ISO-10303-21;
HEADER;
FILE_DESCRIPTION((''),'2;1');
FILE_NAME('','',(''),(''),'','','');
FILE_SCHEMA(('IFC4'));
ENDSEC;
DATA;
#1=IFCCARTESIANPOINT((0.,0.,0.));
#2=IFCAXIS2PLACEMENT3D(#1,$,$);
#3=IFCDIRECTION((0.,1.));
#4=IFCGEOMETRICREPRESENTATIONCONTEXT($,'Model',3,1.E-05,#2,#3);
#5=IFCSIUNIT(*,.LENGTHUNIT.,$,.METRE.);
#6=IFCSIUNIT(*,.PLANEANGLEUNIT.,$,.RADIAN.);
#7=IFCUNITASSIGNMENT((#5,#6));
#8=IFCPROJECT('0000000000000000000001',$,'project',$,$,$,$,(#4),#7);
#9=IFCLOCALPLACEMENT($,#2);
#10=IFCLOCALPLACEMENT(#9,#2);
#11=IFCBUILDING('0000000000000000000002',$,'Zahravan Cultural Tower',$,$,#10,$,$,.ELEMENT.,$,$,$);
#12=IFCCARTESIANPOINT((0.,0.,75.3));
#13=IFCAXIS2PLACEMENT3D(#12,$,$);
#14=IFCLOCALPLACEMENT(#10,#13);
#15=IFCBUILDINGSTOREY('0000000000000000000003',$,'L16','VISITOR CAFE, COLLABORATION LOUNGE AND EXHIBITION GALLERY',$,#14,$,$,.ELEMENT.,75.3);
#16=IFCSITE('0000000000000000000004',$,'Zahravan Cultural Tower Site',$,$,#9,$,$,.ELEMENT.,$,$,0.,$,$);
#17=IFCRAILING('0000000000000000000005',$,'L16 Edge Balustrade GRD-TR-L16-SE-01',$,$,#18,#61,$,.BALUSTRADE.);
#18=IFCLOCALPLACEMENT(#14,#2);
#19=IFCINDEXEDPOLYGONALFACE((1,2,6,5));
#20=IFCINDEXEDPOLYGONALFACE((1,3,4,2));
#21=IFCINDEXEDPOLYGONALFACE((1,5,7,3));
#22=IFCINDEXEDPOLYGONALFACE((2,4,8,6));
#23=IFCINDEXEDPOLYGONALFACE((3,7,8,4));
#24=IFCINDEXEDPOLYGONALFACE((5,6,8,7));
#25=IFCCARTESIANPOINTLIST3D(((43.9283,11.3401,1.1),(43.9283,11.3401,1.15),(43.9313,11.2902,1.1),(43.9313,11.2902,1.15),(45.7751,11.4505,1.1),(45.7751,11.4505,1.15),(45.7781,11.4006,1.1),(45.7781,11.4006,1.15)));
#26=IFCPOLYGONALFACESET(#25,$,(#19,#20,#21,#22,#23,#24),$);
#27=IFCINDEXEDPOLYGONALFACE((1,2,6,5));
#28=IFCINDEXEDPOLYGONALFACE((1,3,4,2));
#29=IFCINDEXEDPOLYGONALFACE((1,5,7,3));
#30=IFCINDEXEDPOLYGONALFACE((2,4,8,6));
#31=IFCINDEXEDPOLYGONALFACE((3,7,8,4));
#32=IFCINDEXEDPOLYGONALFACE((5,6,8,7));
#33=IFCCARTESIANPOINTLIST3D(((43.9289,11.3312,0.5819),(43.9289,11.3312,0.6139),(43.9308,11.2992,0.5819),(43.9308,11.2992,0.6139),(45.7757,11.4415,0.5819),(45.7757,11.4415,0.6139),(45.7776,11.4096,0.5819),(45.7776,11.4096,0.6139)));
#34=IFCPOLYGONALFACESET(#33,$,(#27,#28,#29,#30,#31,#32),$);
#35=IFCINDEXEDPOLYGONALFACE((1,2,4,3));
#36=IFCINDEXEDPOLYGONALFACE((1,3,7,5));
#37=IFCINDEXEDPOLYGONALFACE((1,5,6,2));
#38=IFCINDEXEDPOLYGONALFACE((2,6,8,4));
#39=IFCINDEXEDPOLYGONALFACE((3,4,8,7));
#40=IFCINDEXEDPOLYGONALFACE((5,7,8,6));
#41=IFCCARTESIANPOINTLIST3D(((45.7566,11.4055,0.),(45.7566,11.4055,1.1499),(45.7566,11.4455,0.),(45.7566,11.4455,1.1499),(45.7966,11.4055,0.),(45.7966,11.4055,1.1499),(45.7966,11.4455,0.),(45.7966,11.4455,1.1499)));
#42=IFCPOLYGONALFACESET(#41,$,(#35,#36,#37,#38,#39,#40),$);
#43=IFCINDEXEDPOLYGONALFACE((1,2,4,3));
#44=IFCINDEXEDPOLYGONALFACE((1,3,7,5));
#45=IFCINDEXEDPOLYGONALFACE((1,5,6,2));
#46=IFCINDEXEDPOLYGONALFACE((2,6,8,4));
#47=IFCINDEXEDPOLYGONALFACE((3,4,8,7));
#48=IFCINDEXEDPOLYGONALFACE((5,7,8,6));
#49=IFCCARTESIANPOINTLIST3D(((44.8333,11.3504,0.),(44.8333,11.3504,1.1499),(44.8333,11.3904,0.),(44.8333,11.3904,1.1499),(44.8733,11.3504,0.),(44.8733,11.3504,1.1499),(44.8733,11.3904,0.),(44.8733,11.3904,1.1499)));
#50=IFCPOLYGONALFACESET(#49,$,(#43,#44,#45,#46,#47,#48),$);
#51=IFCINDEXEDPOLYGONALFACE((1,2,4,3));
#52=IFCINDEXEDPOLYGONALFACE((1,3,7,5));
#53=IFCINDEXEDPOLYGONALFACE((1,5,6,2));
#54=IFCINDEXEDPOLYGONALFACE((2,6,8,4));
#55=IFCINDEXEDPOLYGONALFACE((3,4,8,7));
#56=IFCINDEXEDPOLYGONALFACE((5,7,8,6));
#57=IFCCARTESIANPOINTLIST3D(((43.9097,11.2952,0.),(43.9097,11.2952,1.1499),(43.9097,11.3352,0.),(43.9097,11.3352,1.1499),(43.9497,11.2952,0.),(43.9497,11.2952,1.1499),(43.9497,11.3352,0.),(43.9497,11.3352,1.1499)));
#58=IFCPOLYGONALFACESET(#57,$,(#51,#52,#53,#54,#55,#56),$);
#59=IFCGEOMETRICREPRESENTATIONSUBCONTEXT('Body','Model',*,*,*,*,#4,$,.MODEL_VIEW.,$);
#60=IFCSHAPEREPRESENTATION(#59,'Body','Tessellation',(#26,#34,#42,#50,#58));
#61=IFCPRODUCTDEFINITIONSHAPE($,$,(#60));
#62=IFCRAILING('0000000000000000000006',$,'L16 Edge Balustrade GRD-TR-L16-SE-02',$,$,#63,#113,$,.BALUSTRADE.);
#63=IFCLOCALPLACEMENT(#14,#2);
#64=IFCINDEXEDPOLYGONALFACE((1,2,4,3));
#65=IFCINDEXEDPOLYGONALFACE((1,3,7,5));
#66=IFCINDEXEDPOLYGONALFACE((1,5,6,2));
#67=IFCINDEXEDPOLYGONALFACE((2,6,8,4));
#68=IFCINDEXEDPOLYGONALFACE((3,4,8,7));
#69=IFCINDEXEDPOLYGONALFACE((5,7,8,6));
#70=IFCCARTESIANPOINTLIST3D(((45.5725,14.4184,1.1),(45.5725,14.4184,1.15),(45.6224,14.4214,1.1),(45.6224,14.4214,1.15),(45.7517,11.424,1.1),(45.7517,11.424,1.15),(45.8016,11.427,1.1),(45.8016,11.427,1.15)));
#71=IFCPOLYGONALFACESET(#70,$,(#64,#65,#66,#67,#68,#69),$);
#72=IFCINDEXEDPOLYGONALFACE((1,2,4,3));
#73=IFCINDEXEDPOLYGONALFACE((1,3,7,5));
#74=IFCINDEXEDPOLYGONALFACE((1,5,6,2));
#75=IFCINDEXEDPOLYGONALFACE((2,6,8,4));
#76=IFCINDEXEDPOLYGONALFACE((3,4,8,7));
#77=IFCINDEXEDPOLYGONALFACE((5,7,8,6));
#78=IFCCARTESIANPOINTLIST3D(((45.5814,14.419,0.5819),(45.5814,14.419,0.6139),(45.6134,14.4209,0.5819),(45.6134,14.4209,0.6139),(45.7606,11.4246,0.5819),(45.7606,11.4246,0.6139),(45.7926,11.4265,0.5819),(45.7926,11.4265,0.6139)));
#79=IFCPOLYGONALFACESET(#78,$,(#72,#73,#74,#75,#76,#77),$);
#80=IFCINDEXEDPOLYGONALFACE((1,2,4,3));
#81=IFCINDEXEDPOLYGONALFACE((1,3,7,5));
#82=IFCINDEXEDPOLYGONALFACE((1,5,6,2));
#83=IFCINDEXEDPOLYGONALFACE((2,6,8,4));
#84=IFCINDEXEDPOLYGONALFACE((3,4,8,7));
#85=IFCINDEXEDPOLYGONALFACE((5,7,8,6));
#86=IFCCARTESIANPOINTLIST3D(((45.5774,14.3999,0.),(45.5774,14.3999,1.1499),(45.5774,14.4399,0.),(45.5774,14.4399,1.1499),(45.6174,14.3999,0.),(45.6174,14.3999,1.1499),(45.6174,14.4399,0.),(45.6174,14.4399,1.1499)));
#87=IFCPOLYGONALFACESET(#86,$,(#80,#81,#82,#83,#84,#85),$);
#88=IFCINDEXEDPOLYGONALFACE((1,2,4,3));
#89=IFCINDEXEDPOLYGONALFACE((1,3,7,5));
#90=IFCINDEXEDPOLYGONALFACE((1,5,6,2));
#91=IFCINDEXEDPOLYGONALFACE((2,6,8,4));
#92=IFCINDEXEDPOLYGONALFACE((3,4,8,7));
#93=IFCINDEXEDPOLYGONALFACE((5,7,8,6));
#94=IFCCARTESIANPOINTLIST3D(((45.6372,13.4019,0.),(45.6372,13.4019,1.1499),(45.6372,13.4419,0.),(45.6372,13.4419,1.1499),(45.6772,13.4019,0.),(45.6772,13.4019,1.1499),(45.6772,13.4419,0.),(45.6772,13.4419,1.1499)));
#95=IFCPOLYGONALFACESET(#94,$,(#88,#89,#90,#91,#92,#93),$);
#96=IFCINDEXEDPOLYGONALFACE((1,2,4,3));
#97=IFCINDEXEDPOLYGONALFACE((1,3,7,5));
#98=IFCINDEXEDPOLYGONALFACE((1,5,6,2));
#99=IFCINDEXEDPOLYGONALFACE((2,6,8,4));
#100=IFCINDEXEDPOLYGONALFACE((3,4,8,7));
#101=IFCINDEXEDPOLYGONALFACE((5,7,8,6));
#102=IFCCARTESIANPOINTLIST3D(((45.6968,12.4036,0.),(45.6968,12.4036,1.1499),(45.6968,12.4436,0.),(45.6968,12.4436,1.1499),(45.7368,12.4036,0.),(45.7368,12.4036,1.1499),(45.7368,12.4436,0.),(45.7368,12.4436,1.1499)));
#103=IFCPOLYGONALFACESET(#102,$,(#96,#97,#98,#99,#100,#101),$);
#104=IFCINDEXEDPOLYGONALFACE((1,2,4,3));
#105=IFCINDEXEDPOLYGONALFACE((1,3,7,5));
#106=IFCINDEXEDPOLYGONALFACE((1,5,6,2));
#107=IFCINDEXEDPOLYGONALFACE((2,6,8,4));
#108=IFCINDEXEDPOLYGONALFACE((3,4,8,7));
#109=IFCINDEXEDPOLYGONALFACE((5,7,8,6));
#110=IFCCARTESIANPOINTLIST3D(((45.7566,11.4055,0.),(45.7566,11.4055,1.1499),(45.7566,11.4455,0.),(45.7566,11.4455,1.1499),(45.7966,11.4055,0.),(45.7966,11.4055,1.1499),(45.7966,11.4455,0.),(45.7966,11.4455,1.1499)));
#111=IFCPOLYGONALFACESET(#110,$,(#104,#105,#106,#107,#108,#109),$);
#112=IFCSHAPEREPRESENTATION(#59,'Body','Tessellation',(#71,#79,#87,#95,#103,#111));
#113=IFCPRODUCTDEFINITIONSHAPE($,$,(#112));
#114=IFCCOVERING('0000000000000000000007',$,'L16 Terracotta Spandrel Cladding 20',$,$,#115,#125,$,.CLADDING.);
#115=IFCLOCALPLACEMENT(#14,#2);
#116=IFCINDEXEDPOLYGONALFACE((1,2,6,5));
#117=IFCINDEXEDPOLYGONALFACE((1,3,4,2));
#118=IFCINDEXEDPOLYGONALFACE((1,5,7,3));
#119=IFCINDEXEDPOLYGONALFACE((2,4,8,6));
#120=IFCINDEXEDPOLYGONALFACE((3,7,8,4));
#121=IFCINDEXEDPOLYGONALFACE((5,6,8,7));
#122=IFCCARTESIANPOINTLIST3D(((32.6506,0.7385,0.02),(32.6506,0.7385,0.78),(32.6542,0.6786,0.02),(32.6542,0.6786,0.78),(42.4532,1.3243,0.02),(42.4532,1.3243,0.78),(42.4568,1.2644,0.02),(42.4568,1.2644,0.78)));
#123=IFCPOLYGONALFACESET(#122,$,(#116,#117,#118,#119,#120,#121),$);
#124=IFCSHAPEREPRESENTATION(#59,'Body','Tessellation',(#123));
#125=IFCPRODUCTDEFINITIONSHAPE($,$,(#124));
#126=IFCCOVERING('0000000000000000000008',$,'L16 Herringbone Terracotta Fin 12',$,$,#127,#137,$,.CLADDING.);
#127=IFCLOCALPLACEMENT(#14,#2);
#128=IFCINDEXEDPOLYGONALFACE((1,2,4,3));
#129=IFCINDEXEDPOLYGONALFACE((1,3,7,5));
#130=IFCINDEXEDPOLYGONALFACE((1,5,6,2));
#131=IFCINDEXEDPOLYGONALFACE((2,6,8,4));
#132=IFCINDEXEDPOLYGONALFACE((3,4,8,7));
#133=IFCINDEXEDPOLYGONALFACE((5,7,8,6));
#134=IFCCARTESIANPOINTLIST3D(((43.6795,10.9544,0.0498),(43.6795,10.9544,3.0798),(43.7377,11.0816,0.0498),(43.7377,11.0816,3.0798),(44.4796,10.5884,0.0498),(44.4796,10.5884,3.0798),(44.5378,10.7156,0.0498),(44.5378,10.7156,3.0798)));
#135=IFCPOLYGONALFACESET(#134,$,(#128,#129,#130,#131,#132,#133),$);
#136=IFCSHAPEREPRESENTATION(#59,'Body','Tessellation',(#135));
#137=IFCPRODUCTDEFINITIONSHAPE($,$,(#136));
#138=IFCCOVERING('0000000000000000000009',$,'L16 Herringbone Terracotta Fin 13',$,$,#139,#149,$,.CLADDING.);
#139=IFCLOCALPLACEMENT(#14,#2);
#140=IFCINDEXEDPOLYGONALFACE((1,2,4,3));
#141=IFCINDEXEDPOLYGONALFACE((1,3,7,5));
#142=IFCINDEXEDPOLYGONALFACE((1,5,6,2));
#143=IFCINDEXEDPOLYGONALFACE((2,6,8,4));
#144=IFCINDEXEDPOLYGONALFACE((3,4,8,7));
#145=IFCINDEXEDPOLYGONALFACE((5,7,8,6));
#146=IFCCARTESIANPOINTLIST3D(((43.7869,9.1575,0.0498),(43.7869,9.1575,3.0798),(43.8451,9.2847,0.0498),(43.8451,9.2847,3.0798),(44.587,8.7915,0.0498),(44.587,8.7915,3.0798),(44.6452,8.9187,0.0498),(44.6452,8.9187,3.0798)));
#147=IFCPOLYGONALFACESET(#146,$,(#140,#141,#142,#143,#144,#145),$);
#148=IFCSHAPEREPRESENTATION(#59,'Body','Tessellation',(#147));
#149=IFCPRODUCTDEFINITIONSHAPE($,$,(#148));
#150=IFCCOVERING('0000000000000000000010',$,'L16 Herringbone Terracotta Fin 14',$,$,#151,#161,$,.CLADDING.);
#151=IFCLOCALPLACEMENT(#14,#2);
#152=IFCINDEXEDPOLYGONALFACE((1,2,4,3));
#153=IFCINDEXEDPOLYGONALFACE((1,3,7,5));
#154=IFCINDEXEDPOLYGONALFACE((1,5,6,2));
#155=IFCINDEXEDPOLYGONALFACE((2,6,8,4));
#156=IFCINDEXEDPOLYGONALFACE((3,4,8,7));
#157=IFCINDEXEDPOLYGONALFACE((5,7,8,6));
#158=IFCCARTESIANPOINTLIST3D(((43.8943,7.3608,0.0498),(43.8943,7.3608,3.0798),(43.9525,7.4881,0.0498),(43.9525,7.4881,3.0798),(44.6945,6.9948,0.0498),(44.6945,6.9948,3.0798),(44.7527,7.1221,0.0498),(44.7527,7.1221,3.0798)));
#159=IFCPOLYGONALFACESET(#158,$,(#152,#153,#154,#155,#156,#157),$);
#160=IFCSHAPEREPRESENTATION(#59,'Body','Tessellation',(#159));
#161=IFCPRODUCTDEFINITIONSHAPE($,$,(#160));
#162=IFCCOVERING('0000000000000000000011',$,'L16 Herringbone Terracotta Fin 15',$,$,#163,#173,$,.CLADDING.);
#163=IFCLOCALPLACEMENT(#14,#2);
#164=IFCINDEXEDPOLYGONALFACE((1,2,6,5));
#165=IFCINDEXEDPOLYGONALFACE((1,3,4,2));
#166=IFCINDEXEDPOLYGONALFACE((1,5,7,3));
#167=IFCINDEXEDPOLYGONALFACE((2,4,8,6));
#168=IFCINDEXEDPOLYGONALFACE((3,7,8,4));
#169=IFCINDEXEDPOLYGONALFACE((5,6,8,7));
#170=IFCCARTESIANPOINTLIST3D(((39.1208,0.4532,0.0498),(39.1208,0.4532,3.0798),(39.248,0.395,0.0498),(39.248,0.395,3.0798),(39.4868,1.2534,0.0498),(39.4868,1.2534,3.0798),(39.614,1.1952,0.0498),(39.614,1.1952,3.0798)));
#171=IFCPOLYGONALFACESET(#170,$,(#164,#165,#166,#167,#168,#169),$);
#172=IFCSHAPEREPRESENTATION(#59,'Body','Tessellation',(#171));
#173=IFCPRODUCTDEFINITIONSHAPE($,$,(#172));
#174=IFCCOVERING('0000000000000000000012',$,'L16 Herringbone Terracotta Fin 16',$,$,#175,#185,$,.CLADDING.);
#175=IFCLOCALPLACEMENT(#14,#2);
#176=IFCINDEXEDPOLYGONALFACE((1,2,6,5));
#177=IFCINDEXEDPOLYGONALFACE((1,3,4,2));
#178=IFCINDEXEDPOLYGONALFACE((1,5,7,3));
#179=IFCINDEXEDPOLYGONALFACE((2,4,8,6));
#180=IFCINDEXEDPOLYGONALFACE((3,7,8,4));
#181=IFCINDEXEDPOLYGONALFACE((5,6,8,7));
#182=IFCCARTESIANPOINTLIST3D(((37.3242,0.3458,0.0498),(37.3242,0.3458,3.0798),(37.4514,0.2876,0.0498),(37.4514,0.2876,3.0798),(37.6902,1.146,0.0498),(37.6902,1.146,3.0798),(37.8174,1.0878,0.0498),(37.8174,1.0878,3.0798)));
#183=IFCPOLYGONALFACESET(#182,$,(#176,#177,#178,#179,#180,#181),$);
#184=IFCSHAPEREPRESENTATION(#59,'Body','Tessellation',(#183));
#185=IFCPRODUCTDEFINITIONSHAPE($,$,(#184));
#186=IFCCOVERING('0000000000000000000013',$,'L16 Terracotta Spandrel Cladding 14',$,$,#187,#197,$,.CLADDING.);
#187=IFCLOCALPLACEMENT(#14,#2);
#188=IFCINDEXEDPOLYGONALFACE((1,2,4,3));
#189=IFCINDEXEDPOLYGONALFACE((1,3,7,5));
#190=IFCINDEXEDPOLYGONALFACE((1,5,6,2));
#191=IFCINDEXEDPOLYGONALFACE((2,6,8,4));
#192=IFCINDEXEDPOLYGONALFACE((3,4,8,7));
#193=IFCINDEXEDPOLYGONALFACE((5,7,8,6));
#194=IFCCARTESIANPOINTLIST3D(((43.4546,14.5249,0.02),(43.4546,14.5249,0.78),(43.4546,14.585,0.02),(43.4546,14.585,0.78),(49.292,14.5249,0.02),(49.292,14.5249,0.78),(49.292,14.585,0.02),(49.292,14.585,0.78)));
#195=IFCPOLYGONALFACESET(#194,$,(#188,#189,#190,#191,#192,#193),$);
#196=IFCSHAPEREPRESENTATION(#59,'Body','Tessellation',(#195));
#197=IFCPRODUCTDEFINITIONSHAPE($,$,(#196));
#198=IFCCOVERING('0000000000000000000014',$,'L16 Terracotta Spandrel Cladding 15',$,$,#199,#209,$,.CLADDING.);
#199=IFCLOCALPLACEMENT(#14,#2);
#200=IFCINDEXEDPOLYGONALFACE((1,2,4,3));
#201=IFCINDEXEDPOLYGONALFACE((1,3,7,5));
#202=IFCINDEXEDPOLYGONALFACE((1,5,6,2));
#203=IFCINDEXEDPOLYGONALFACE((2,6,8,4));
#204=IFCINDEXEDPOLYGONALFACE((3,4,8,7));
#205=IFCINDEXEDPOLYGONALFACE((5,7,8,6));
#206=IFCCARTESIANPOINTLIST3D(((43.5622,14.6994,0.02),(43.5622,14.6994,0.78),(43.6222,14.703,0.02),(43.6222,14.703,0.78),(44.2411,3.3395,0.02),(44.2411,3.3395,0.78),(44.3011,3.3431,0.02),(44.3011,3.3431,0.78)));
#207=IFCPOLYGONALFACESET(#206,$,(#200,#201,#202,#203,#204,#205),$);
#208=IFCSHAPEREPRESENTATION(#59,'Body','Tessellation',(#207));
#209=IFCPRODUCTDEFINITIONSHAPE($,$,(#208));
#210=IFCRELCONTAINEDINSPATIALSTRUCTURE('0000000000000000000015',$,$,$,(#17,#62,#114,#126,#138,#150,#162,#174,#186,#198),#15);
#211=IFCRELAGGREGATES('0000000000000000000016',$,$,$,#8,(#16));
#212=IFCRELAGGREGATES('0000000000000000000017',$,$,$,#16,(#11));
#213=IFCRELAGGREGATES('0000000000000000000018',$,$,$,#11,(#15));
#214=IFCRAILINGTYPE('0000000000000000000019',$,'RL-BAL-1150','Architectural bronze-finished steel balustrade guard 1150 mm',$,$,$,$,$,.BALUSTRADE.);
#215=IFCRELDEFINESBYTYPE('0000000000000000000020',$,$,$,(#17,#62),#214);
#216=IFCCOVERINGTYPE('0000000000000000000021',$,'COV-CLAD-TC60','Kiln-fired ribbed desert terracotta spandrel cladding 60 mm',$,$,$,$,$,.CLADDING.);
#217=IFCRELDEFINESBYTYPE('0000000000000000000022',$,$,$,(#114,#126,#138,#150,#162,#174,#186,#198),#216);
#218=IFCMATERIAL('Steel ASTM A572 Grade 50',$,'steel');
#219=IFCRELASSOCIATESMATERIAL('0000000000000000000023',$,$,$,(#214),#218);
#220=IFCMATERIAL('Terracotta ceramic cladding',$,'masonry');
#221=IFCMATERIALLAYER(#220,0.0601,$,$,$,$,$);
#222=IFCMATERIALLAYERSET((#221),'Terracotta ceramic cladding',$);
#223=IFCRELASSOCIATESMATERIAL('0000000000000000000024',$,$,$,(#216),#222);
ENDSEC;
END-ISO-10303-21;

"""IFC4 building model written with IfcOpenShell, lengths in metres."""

from ifc_helpers import new_model, si_unit, direction, frame, origin, origin_2d, place, context, subcontext, project, spatial, rectangle, extrude, source, transform, mapped, material, layer, layer_set, type_object, element, save


model = new_model("IFC4")

# Units and contexts
model_context = context("Model", 3, precision=1e-05, world=origin(), true_north=direction((0.0, 1.0)))
body_context = subcontext(model_context, "Body", "Model", "MODEL_VIEW")
ifc_project = project(units=[si_unit("LENGTHUNIT", "METRE"), si_unit("PLANEANGLEUNIT", "RADIAN")], contexts=[model_context])

# Site, building, storey
site_placement = place(None, origin())
site = spatial("IfcSite", under=ifc_project, at=site_placement, Name="Zahravan Cultural Tower Site", CompositionType="ELEMENT", RefElevation=0.0)
building_placement = place(site_placement, origin())
building = spatial("IfcBuilding", under=site, at=building_placement, Name="Zahravan Cultural Tower", CompositionType="ELEMENT")
storey_placement = place(building_placement, frame((0.0, 0.0, 75.3)))
storey = spatial("IfcBuildingStorey", under=building, at=storey_placement, Name="L16", Description="VISITOR CAFE, COLLABORATION LOUNGE AND EXHIBITION GALLERY", CompositionType="ELEMENT", Elevation=75.3)

# Shared definitions
ifc_material_1 = material(Name="Steel ASTM A572 Grade 50", Category="steel")

# Railings
railing_type = type_object("IfcRailingType", Name="RL-BAL-1150", Description="Architectural bronze-finished steel balustrade guard 1150 mm", PredefinedType="BALUSTRADE", material=ifc_material_1)
railing_1_placement = place(storey_placement, frame((45.7766, 11.4255, 0.0)))
element("IfcRailing", 1, at=railing_1_placement, inside=storey, type_object=railing_type, Name="L16 Edge Balustrade GRD-TR-L16-SE-01", PredefinedType="BALUSTRADE", context=body_context, shape_type="SweptSolid", body=[
    extrude(rectangle(XDim=0.05, YDim=0.05, at=origin_2d()), frame((0.0, 0.0, 1.125), z_axis=(-0.99822, -0.059642, 0.0), x_axis=(0.059642, -0.99822, 0.0)), (0.0, 0.0, 1.0), 1.8501),
    extrude(rectangle(XDim=0.032, YDim=0.032, at=origin_2d()), frame((0.0, 0.0, 0.5979), z_axis=(-0.99822, -0.059642, 0.0), x_axis=(0.059642, -0.99822, 0.0)), (0.0, 0.0, 1.0), 1.8501),
    extrude(rectangle(XDim=0.04, YDim=0.04, at=origin_2d()), origin(), (0.0, 0.0, 1.0), 1.1499),
    extrude(rectangle(XDim=0.04, YDim=0.04, at=origin_2d()), frame((-0.9233, -0.0552, 0.0)), (0.0, 0.0, 1.0), 1.1499),
    extrude(rectangle(XDim=0.04, YDim=0.04, at=origin_2d()), frame((-1.8469, -0.1104, 0.0)), (0.0, 0.0, 1.0), 1.1499),
])
railing_2_placement = place(storey_placement, frame((45.5974, 14.4199, 0.0)))
element("IfcRailing", 2, at=railing_2_placement, inside=storey, type_object=railing_type, Name="L16 Edge Balustrade GRD-TR-L16-SE-02", PredefinedType="BALUSTRADE", context=body_context, shape_type="SweptSolid", body=[
    extrude(rectangle(XDim=0.05, YDim=0.05, at=origin_2d()), frame((0.0, 0.0, 1.125), z_axis=(0.059738, -0.998214, 0.0), x_axis=(0.998214, 0.059738, 0.0)), (0.0, 0.0, 1.0), 2.9998),
    extrude(rectangle(XDim=0.032, YDim=0.032, at=origin_2d()), frame((0.0, 0.0, 0.5979), z_axis=(0.059738, -0.998214, 0.0), x_axis=(0.998214, 0.059738, 0.0)), (0.0, 0.0, 1.0), 2.9998),
    extrude(rectangle(XDim=0.04, YDim=0.04, at=origin_2d()), origin(), (0.0, 0.0, 1.0), 1.1499),
    extrude(rectangle(XDim=0.04, YDim=0.04, at=origin_2d()), frame((0.0598, -0.998, 0.0)), (0.0, 0.0, 1.0), 1.1499),
    extrude(rectangle(XDim=0.04, YDim=0.04, at=origin_2d()), frame((0.1194, -1.9963, 0.0)), (0.0, 0.0, 1.0), 1.1499),
    extrude(rectangle(XDim=0.04, YDim=0.04, at=origin_2d()), frame((0.1792, -2.9944, 0.0)), (0.0, 0.0, 1.0), 1.1499),
])

# Coverings
ifc_material_2 = material(Name="Terracotta ceramic cladding", Category="masonry")
ifc_layer_1 = layer(ifc_material_2, 0.0601)
ifc_layer_set_1 = layer_set([ifc_layer_1], Name="Terracotta ceramic cladding")
covering_type = type_object("IfcCoveringType", Name="COV-CLAD-TC60", Description="Kiln-fired ribbed desert terracotta spandrel cladding 60 mm", PredefinedType="CLADDING", material=ifc_layer_set_1)
shared_shape_1 = source(origin(), body_context, "Body", "SweptSolid", [
    extrude(rectangle(XDim=9.8201, YDim=0.0601, at=origin_2d()), origin(), (0.0, 0.0, 1.0), 0.76),
])
covering_1_placement = place(storey_placement, frame((37.5537, 1.0015, 0.02), z_axis=(0.0, 0.0, 1.0), x_axis=(-0.998219, -0.059655, 0.0)))
element("IfcCovering", 3, at=covering_1_placement, inside=storey, type_object=covering_type, Name="L16 Terracotta Spandrel Cladding 20", PredefinedType="CLADDING", context=body_context, shape_type="MappedRepresentation", body=[
    mapped(shared_shape_1, transform((0.0, 0.0, 0.0), x_axis=(1.0, 0.0, 0.0), y_axis=(0.0, 1.0, 0.0), z_axis=(0.0, 0.0, 1.0), scale=1.0)),
])
shared_shape_2 = source(origin(), body_context, "Body", "SweptSolid", [
    extrude(rectangle(XDim=0.8799, YDim=0.1399, at=origin_2d()), origin(), (0.0, 0.0, 1.0), 3.03),
])
for number, where, z_axis, x_axis, name in (
    (4, (44.1086, 10.835, 0.0498), (0.0, 0.0, 1.0), (0.909381, -0.415963, 0.0), "L16 Herringbone Terracotta Fin 12"),
    (5, (44.2161, 9.0381, 0.0498), (0.0, 0.0, 1.0), (0.909381, -0.415963, 0.0), "L16 Herringbone Terracotta Fin 13"),
    (6, (44.3235, 7.2415, 0.0498), (0.0, 0.0, 1.0), (0.909381, -0.415963, 0.0), "L16 Herringbone Terracotta Fin 14"),
    (7, (39.3674, 0.8242, 0.0498), (0.0, 0.0, 1.0), (-0.415963, -0.909381, 0.0), "L16 Herringbone Terracotta Fin 15"),
    (8, (37.5708, 0.7168, 0.0498), (0.0, 0.0, 1.0), (-0.415963, -0.909381, 0.0), "L16 Herringbone Terracotta Fin 16"),
):
    element("IfcCovering", number, at=place(storey_placement, frame(where, z_axis=z_axis, x_axis=x_axis)), inside=storey, type_object=covering_type, Name=name, PredefinedType="CLADDING", context=body_context, shape_type="MappedRepresentation", body=[
        mapped(shared_shape_2, transform((0.0, 0.0, 0.0), x_axis=(1.0, 0.0, 0.0), y_axis=(0.0, 1.0, 0.0), z_axis=(0.0, 0.0, 1.0), scale=1.0)),
    ])
shared_shape_3 = source(origin(), body_context, "Body", "SweptSolid", [
    extrude(rectangle(XDim=5.8374, YDim=0.0601, at=origin_2d()), origin(), (0.0, 0.0, 1.0), 0.76),
])
covering_2_placement = place(storey_placement, frame((46.3733, 14.5549, 0.02), z_axis=(0.0, 0.0, 1.0), x_axis=(-1.0, 0.0, 0.0)))
element("IfcCovering", 9, at=covering_2_placement, inside=storey, type_object=covering_type, Name="L16 Terracotta Spandrel Cladding 14", PredefinedType="CLADDING", context=body_context, shape_type="MappedRepresentation", body=[
    mapped(shared_shape_3, transform((0.0, 0.0, 0.0), x_axis=(1.0, 0.0, 0.0), y_axis=(0.0, 1.0, 0.0), z_axis=(0.0, 0.0, 1.0), scale=1.0)),
])
shared_shape_4 = source(origin(), body_context, "Body", "SweptSolid", [
    extrude(rectangle(XDim=11.3801, YDim=0.0601, at=origin_2d()), origin(), (0.0, 0.0, 1.0), 0.76),
])
covering_3_placement = place(storey_placement, frame((43.9316, 9.0212, 0.02), z_axis=(0.0, 0.0, 1.0), x_axis=(0.059655, -0.998219, 0.0)))
element("IfcCovering", 10, at=covering_3_placement, inside=storey, type_object=covering_type, Name="L16 Terracotta Spandrel Cladding 15", PredefinedType="CLADDING", context=body_context, shape_type="MappedRepresentation", body=[
    mapped(shared_shape_4, transform((0.0, 0.0, 0.0), x_axis=(1.0, 0.0, 0.0), y_axis=(0.0, 1.0, 0.0), z_axis=(0.0, 0.0, 1.0), scale=1.0)),
])

save(model, "model.ifc")
